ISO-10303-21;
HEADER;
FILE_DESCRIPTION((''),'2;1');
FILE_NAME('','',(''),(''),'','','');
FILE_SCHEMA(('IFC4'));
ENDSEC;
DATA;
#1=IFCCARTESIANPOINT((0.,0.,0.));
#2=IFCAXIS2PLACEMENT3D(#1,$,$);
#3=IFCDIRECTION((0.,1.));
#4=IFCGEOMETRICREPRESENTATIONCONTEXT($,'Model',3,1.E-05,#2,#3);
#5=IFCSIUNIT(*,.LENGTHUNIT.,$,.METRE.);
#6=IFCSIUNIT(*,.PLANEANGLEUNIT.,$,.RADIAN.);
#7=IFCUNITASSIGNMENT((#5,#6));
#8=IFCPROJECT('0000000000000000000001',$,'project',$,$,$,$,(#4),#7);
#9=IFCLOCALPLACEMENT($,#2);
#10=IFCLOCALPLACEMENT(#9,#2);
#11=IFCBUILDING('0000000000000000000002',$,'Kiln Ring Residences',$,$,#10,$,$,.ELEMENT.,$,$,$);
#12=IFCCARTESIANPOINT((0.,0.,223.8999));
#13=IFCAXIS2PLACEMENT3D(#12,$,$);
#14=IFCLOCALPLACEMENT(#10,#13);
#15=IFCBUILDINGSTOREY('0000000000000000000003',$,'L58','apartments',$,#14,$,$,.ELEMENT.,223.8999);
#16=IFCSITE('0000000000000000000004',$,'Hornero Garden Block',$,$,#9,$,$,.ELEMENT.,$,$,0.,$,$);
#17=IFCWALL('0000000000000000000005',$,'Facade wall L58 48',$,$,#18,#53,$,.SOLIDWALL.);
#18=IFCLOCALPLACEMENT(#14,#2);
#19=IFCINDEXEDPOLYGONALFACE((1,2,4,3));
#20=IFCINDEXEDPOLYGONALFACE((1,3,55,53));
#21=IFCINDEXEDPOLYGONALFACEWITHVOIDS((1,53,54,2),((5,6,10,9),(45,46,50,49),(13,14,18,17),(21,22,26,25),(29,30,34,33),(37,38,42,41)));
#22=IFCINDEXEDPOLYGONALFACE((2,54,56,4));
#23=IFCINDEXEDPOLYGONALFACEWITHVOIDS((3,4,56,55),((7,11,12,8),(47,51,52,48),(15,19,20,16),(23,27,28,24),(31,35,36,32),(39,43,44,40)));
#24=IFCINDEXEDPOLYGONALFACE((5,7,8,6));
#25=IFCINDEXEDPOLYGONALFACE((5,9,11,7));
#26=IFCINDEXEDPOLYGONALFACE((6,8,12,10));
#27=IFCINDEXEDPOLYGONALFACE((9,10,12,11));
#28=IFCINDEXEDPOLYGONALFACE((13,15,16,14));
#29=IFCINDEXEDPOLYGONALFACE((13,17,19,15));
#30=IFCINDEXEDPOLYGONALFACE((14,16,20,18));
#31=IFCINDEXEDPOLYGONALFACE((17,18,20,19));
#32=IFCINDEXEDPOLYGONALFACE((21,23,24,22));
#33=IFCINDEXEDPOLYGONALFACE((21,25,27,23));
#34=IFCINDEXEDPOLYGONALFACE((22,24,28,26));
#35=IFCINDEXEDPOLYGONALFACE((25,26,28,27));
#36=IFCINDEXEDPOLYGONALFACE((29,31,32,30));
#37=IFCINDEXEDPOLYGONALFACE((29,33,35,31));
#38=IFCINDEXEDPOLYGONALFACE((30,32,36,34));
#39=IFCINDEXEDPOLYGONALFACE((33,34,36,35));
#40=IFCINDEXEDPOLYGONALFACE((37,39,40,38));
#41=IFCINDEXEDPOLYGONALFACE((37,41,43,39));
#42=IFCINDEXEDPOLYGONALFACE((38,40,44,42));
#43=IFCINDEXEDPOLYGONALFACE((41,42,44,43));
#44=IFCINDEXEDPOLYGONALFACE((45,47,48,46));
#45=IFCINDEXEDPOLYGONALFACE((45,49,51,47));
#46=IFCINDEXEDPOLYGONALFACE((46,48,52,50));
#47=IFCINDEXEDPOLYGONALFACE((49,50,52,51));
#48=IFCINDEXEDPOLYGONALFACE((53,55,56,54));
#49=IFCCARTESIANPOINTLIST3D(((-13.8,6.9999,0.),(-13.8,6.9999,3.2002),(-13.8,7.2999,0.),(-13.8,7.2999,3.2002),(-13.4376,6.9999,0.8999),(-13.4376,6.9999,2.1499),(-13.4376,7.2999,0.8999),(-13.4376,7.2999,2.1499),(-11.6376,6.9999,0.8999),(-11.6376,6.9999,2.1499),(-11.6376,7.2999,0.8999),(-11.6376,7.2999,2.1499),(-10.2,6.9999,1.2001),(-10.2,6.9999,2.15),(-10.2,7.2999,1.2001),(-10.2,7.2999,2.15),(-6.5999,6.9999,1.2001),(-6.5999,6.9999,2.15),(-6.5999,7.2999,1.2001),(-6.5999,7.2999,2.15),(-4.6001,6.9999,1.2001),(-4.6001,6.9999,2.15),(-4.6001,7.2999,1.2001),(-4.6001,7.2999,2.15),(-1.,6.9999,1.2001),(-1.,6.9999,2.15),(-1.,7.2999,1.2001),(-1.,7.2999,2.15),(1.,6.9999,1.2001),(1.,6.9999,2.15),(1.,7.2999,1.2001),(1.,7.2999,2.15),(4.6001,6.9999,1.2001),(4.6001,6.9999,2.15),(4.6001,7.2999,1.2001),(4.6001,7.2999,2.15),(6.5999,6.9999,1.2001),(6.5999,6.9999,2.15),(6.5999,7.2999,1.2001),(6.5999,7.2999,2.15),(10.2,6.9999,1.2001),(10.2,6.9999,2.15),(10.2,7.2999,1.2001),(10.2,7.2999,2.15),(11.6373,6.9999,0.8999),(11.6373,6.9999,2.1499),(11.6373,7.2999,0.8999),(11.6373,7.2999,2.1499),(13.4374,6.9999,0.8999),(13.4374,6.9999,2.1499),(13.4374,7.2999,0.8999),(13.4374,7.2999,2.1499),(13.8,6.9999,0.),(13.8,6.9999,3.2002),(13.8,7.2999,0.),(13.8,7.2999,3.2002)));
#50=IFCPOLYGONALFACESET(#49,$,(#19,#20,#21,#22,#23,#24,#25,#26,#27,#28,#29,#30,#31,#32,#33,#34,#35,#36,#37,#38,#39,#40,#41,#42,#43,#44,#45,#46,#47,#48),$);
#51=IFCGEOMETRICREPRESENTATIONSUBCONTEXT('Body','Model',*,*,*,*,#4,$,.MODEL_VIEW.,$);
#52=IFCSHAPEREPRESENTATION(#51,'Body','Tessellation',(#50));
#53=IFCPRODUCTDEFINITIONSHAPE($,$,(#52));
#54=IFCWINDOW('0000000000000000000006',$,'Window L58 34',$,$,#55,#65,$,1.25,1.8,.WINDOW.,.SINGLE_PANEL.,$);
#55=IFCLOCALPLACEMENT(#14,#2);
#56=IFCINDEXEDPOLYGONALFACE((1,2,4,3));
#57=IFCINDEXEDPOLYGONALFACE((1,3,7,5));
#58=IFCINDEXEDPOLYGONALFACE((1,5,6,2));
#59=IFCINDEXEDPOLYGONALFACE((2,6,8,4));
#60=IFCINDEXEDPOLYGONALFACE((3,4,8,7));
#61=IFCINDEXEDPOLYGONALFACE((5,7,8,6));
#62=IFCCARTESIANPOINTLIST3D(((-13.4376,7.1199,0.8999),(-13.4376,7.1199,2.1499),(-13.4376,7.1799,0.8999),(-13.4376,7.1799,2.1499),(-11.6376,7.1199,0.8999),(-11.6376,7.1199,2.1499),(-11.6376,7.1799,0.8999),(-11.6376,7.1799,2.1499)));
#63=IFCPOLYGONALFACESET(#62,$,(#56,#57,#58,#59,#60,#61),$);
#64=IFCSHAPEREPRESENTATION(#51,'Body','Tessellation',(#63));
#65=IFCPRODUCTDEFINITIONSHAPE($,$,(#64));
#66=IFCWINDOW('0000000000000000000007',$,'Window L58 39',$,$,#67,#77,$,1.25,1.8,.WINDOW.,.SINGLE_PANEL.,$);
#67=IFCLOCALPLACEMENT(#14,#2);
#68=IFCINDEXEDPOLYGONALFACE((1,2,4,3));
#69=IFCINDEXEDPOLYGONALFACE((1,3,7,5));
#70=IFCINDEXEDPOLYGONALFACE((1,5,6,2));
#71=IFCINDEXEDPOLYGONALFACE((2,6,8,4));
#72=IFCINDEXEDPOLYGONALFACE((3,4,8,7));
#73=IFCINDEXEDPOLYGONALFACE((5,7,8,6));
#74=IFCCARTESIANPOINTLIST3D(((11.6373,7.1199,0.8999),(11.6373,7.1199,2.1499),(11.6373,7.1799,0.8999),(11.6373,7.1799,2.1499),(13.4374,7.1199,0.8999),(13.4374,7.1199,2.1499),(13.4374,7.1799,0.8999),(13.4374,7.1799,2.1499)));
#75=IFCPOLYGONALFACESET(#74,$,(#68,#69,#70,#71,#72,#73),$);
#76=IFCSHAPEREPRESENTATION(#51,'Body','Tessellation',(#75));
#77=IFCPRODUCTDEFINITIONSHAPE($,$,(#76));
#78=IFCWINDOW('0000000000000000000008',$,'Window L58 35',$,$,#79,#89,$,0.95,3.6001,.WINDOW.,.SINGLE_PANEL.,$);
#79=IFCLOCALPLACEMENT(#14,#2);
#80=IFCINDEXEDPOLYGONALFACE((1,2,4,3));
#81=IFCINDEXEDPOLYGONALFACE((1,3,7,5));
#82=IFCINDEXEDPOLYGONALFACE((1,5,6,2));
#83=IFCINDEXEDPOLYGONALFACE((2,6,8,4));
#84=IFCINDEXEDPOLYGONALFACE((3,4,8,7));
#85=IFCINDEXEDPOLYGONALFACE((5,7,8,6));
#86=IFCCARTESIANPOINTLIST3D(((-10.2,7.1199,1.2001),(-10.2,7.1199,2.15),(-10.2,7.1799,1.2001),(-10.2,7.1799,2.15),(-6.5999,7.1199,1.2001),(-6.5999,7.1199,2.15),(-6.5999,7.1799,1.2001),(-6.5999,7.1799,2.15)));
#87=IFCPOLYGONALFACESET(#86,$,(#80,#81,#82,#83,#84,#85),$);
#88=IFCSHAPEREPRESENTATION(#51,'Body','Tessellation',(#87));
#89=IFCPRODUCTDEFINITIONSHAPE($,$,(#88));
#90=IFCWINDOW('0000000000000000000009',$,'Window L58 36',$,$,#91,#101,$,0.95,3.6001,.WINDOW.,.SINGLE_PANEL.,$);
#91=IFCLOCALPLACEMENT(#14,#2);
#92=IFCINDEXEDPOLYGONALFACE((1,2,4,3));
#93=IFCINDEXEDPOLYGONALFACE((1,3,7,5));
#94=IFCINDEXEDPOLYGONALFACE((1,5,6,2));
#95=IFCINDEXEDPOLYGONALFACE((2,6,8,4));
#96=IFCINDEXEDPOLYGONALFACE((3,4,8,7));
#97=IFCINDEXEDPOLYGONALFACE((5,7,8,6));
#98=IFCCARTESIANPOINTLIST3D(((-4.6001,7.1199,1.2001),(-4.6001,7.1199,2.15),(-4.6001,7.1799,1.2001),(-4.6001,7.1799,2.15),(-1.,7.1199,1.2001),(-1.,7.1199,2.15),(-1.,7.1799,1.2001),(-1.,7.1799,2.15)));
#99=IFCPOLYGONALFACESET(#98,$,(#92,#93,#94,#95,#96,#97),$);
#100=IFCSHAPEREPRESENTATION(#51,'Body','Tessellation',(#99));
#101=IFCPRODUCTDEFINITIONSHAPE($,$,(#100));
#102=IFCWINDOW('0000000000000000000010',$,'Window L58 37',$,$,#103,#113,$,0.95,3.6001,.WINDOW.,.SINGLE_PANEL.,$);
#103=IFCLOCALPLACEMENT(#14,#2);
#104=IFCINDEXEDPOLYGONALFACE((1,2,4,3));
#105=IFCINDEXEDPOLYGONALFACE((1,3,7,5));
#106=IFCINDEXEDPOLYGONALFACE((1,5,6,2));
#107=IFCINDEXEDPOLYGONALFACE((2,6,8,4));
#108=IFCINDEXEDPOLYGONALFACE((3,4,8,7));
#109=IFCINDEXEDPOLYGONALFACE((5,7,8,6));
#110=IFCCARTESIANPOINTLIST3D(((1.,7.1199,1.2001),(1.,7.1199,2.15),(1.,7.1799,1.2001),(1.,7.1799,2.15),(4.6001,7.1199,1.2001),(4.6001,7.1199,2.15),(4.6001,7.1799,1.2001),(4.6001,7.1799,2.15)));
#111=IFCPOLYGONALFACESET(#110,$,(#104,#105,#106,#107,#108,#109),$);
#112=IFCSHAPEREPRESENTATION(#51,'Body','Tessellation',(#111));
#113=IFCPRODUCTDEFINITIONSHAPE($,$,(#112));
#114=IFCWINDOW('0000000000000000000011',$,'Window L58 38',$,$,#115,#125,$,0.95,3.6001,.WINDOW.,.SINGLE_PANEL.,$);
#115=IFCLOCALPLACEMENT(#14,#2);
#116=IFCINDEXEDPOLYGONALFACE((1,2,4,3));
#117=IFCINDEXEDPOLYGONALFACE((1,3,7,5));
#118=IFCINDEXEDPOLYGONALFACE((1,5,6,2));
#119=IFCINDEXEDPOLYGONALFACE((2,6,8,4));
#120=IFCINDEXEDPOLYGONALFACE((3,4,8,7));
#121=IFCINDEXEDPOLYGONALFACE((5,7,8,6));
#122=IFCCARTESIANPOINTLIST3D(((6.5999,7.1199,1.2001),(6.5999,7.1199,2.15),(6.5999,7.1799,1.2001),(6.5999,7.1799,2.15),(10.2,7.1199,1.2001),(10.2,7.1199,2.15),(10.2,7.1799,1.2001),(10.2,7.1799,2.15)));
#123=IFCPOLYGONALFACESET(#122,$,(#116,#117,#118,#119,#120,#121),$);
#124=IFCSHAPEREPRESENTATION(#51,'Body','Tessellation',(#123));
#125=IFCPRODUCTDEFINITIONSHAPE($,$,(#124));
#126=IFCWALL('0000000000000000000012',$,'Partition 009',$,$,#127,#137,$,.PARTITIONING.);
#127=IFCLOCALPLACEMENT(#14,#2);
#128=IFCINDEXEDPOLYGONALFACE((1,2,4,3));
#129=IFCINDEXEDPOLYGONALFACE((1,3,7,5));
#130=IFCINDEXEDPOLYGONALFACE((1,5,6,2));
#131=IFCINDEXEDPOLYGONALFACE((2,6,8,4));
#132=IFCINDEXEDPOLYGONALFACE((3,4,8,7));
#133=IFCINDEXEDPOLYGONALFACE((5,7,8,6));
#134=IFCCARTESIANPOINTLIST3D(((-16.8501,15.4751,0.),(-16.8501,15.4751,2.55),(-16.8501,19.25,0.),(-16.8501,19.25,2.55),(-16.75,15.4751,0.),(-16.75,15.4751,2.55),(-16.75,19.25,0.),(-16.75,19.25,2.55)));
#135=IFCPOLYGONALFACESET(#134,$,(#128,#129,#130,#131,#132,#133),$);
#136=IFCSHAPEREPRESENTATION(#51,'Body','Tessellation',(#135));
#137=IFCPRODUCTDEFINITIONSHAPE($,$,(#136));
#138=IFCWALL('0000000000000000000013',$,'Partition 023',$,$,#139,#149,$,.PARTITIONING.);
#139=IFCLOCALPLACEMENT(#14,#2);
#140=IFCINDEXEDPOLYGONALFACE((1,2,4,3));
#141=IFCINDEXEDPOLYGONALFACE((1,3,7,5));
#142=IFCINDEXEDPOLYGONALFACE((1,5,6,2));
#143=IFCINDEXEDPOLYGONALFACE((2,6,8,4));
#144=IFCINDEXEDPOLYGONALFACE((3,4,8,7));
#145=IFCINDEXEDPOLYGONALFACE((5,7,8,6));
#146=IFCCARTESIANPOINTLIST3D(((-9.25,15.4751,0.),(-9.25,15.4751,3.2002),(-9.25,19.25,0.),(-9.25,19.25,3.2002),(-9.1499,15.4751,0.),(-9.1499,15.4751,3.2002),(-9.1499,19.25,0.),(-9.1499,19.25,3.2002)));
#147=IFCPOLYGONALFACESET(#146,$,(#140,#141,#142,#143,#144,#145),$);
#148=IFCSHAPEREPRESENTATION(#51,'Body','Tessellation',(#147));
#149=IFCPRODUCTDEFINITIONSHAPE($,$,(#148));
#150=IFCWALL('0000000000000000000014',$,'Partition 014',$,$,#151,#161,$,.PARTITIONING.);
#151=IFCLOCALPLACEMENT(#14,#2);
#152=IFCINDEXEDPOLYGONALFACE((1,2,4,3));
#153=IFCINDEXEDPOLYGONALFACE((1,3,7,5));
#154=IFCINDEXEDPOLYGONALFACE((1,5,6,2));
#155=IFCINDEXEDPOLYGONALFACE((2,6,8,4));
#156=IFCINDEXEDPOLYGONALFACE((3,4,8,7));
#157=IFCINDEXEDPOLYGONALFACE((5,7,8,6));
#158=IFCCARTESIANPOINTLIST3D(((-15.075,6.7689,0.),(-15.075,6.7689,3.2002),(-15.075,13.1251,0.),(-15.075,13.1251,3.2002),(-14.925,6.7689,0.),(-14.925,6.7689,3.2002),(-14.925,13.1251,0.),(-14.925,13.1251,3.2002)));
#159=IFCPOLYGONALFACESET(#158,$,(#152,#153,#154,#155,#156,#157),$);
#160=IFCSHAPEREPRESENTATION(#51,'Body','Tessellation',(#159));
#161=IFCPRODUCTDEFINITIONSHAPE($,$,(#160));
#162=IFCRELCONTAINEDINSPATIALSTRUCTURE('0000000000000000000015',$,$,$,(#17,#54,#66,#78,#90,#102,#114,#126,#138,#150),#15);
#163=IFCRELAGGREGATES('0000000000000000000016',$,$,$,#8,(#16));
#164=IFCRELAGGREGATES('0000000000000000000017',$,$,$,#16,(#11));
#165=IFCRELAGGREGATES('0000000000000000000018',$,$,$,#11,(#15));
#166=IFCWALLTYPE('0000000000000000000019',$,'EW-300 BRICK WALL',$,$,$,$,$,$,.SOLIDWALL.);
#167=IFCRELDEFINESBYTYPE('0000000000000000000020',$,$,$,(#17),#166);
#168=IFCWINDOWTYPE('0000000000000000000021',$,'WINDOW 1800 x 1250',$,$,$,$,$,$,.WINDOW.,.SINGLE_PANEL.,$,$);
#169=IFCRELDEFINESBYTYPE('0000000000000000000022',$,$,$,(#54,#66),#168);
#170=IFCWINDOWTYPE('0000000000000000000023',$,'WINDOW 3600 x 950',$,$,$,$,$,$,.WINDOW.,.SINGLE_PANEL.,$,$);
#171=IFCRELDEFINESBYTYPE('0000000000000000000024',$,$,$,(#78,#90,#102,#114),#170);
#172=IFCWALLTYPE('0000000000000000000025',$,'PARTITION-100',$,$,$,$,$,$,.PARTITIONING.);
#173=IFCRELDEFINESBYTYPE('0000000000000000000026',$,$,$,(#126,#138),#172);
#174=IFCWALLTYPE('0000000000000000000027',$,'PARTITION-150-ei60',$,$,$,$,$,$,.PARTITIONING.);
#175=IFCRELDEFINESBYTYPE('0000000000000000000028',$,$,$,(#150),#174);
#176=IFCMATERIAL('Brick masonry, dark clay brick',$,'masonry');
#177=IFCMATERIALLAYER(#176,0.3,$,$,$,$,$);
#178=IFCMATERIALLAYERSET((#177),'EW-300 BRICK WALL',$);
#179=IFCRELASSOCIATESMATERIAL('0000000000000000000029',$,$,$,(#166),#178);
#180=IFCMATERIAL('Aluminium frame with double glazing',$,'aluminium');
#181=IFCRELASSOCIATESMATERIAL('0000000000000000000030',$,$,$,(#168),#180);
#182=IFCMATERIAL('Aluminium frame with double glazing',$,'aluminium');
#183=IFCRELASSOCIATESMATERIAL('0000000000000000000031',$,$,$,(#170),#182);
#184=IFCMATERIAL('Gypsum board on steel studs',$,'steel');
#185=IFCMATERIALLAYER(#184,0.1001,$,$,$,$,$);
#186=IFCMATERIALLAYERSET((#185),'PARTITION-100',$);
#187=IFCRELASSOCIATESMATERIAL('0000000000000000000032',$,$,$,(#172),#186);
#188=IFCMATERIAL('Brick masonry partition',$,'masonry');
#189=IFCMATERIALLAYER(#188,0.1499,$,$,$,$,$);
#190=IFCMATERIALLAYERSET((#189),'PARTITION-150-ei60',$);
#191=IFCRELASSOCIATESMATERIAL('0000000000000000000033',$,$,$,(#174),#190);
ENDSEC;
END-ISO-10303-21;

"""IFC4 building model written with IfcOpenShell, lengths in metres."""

from ifc_helpers import new_model, si_unit, direction, frame, frame_2d, origin, place, context, subcontext, project, spatial, rectangle, extrude, material, layer, layer_set, type_object, element, fill, save


model = new_model("IFC4")

# Units and contexts
model_context = context("Model", 3, precision=1e-05, world=origin(), true_north=direction((0.0, 1.0)))
body_context = subcontext(model_context, "Body", "Model", "MODEL_VIEW")
ifc_project = project(units=[si_unit("LENGTHUNIT", "METRE"), si_unit("PLANEANGLEUNIT", "RADIAN")], contexts=[model_context])

# Site, building, storey
site_placement = place(None, origin())
site = spatial("IfcSite", under=ifc_project, at=site_placement, Name="Hornero Garden Block", CompositionType="ELEMENT", RefElevation=0.0)
building_placement = place(site_placement, origin())
building = spatial("IfcBuilding", under=site, at=building_placement, Name="Kiln Ring Residences", CompositionType="ELEMENT")
storey_placement = place(building_placement, frame((0.0, 0.0, 223.8999)))
storey = spatial("IfcBuildingStorey", under=building, at=storey_placement, Name="L58", Description="apartments", CompositionType="ELEMENT", Elevation=223.8999)

# Wall, openings, windows
ifc_material_1 = material(Name="Brick masonry, dark clay brick", Category="masonry")
ifc_layer_1 = layer(ifc_material_1, 0.3)
ifc_layer_set_1 = layer_set([ifc_layer_1], Name="EW-300 BRICK WALL")
wall_type_1 = type_object("IfcWallType", Name="EW-300 BRICK WALL", PredefinedType="SOLIDWALL", material=ifc_layer_set_1)
wall_1_placement = place(storey_placement, frame((-13.8, 7.1499, 0.0), z_axis=(0.0, 0.0, 1.0), x_axis=(1.0, 0.0, 0.0)))
wall_1 = element("IfcWall", 1, at=wall_1_placement, inside=storey, type_object=wall_type_1, Name="Facade wall L58 48", PredefinedType="SOLIDWALL", context=body_context, shape_type="SweptSolid", body=[
    extrude(rectangle(XDim=27.6001, YDim=0.3, at=frame_2d((13.8, 0.0))), origin(), (0.0, 0.0, 1.0), 3.2002),
])
opening_1_placement = place(wall_1_placement, frame((0.3625, 0.0, 0.8999)))
opening_1 = element("IfcOpeningElement", 2, at=opening_1_placement, cuts=wall_1, PredefinedType="OPENING", context=body_context, shape_type="SweptSolid", body=[
    extrude(rectangle(XDim=1.8, YDim=1.25, at=frame_2d((0.8999, 0.625))), frame((0.0, 0.1599, 0.0), z_axis=(0.0, -1.0, 0.0), x_axis=(1.0, 0.0, 0.0)), (0.0, 0.0, 1.0), 0.3201),
])
opening_2_placement = place(wall_1_placement, frame((3.6001, 0.0, 1.2)))
opening_2 = element("IfcOpeningElement", 3, at=opening_2_placement, cuts=wall_1, PredefinedType="OPENING", context=body_context, shape_type="SweptSolid", body=[
    extrude(rectangle(XDim=3.6001, YDim=0.95, at=frame_2d((1.8, 0.4751))), frame((0.0, 0.1599, 0.0), z_axis=(0.0, -1.0, 0.0), x_axis=(1.0, 0.0, 0.0)), (0.0, 0.0, 1.0), 0.3201),
])
opening_3_placement = place(wall_1_placement, frame((9.2, 0.0, 1.2)))
opening_3 = element("IfcOpeningElement", 4, at=opening_3_placement, cuts=wall_1, PredefinedType="OPENING", context=body_context, shape_type="SweptSolid", body=[
    extrude(rectangle(XDim=3.6001, YDim=0.95, at=frame_2d((1.8, 0.4751))), frame((0.0, 0.1599, 0.0), z_axis=(0.0, -1.0, 0.0), x_axis=(1.0, 0.0, 0.0)), (0.0, 0.0, 1.0), 0.3201),
])
opening_4_placement = place(wall_1_placement, frame((14.8, 0.0, 1.2)))
opening_4 = element("IfcOpeningElement", 5, at=opening_4_placement, cuts=wall_1, PredefinedType="OPENING", context=body_context, shape_type="SweptSolid", body=[
    extrude(rectangle(XDim=3.6001, YDim=0.95, at=frame_2d((1.8, 0.4751))), frame((0.0, 0.1599, 0.0), z_axis=(0.0, -1.0, 0.0), x_axis=(1.0, 0.0, 0.0)), (0.0, 0.0, 1.0), 0.3201),
])
opening_5_placement = place(wall_1_placement, frame((20.3999, 0.0, 1.2)))
opening_5 = element("IfcOpeningElement", 6, at=opening_5_placement, cuts=wall_1, PredefinedType="OPENING", context=body_context, shape_type="SweptSolid", body=[
    extrude(rectangle(XDim=3.6001, YDim=0.95, at=frame_2d((1.8, 0.4751))), frame((0.0, 0.1599, 0.0), z_axis=(0.0, -1.0, 0.0), x_axis=(1.0, 0.0, 0.0)), (0.0, 0.0, 1.0), 0.3201),
])
opening_6_placement = place(wall_1_placement, frame((25.4375, 0.0, 0.8999)))
opening_6 = element("IfcOpeningElement", 7, at=opening_6_placement, cuts=wall_1, PredefinedType="OPENING", context=body_context, shape_type="SweptSolid", body=[
    extrude(rectangle(XDim=1.8, YDim=1.25, at=frame_2d((0.8999, 0.625))), frame((0.0, 0.1599, 0.0), z_axis=(0.0, -1.0, 0.0), x_axis=(1.0, 0.0, 0.0)), (0.0, 0.0, 1.0), 0.3201),
])
ifc_material_2 = material(Name="Aluminium frame with double glazing", Category="aluminium")
window_type_1 = type_object("IfcWindowType", Name="WINDOW 1800 x 1250", PartitioningType="SINGLE_PANEL", PredefinedType="WINDOW", material=ifc_material_2)
window_1_placement = place(opening_1_placement, origin())
window_1 = element("IfcWindow", 8, at=window_1_placement, inside=storey, type_object=window_type_1, Name="Window L58 34", OverallHeight=1.25, OverallWidth=1.8, PartitioningType="SINGLE_PANEL", PredefinedType="WINDOW", context=body_context, shape_type="SweptSolid", body=[
    extrude(rectangle(XDim=1.8, YDim=1.25, at=frame_2d((0.8999, 0.625))), frame((0.0, 0.03, 0.0), z_axis=(0.0, -1.0, 0.0), x_axis=(1.0, 0.0, 0.0)), (0.0, 0.0, 1.0), 0.0601),
])
fill(opening_1, window_1)
window_2_placement = place(opening_6_placement, origin())
window_2 = element("IfcWindow", 9, at=window_2_placement, inside=storey, type_object=window_type_1, Name="Window L58 39", OverallHeight=1.25, OverallWidth=1.8, PartitioningType="SINGLE_PANEL", PredefinedType="WINDOW", context=body_context, shape_type="SweptSolid", body=[
    extrude(rectangle(XDim=1.8, YDim=1.25, at=frame_2d((0.8999, 0.625))), frame((0.0, 0.03, 0.0), z_axis=(0.0, -1.0, 0.0), x_axis=(1.0, 0.0, 0.0)), (0.0, 0.0, 1.0), 0.0601),
])
fill(opening_6, window_2)
ifc_material_3 = material(Name="Aluminium frame with double glazing", Category="aluminium")
window_type_2 = type_object("IfcWindowType", Name="WINDOW 3600 x 950", PartitioningType="SINGLE_PANEL", PredefinedType="WINDOW", material=ifc_material_3)
window_3_placement = place(opening_2_placement, origin())
window_3 = element("IfcWindow", 10, at=window_3_placement, inside=storey, type_object=window_type_2, Name="Window L58 35", OverallHeight=0.95, OverallWidth=3.6001, PartitioningType="SINGLE_PANEL", PredefinedType="WINDOW", context=body_context, shape_type="SweptSolid", body=[
    extrude(rectangle(XDim=3.6001, YDim=0.95, at=frame_2d((1.8, 0.4751))), frame((0.0, 0.03, 0.0), z_axis=(0.0, -1.0, 0.0), x_axis=(1.0, 0.0, 0.0)), (0.0, 0.0, 1.0), 0.0601),
])
fill(opening_2, window_3)
window_4_placement = place(opening_3_placement, origin())
window_4 = element("IfcWindow", 11, at=window_4_placement, inside=storey, type_object=window_type_2, Name="Window L58 36", OverallHeight=0.95, OverallWidth=3.6001, PartitioningType="SINGLE_PANEL", PredefinedType="WINDOW", context=body_context, shape_type="SweptSolid", body=[
    extrude(rectangle(XDim=3.6001, YDim=0.95, at=frame_2d((1.8, 0.4751))), frame((0.0, 0.03, 0.0), z_axis=(0.0, -1.0, 0.0), x_axis=(1.0, 0.0, 0.0)), (0.0, 0.0, 1.0), 0.0601),
])
fill(opening_3, window_4)
window_5_placement = place(opening_4_placement, origin())
window_5 = element("IfcWindow", 12, at=window_5_placement, inside=storey, type_object=window_type_2, Name="Window L58 37", OverallHeight=0.95, OverallWidth=3.6001, PartitioningType="SINGLE_PANEL", PredefinedType="WINDOW", context=body_context, shape_type="SweptSolid", body=[
    extrude(rectangle(XDim=3.6001, YDim=0.95, at=frame_2d((1.8, 0.4751))), frame((0.0, 0.03, 0.0), z_axis=(0.0, -1.0, 0.0), x_axis=(1.0, 0.0, 0.0)), (0.0, 0.0, 1.0), 0.0601),
])
fill(opening_4, window_5)
window_6_placement = place(opening_5_placement, origin())
window_6 = element("IfcWindow", 13, at=window_6_placement, inside=storey, type_object=window_type_2, Name="Window L58 38", OverallHeight=0.95, OverallWidth=3.6001, PartitioningType="SINGLE_PANEL", PredefinedType="WINDOW", context=body_context, shape_type="SweptSolid", body=[
    extrude(rectangle(XDim=3.6001, YDim=0.95, at=frame_2d((1.8, 0.4751))), frame((0.0, 0.03, 0.0), z_axis=(0.0, -1.0, 0.0), x_axis=(1.0, 0.0, 0.0)), (0.0, 0.0, 1.0), 0.0601),
])
fill(opening_5, window_6)

# Walls
ifc_material_4 = material(Name="Gypsum board on steel studs", Category="steel")
ifc_layer_2 = layer(ifc_material_4, 0.1001)
ifc_layer_set_2 = layer_set([ifc_layer_2], Name="PARTITION-100")
wall_type_2 = type_object("IfcWallType", Name="PARTITION-100", PredefinedType="PARTITIONING", material=ifc_layer_set_2)
wall_2_placement = place(storey_placement, frame((-16.8, 15.4751, 0.0), z_axis=(0.0, 0.0, 1.0), x_axis=(0.0, 1.0, 0.0)))
element("IfcWall", 14, at=wall_2_placement, inside=storey, type_object=wall_type_2, Name="Partition 009", PredefinedType="PARTITIONING", context=body_context, shape_type="SweptSolid", body=[
    extrude(rectangle(XDim=3.7749, YDim=0.1001, at=frame_2d((1.8875, 0.0))), origin(), (0.0, 0.0, 1.0), 2.55),
])
wall_3_placement = place(storey_placement, frame((-9.2, 15.4751, 0.0), z_axis=(0.0, 0.0, 1.0), x_axis=(0.0, 1.0, 0.0)))
element("IfcWall", 15, at=wall_3_placement, inside=storey, type_object=wall_type_2, Name="Partition 023", PredefinedType="PARTITIONING", context=body_context, shape_type="SweptSolid", body=[
    extrude(rectangle(XDim=3.7749, YDim=0.1001, at=frame_2d((1.8875, 0.0))), origin(), (0.0, 0.0, 1.0), 3.2002),
])
ifc_material_5 = material(Name="Brick masonry partition", Category="masonry")
ifc_layer_3 = layer(ifc_material_5, 0.1499)
ifc_layer_set_3 = layer_set([ifc_layer_3], Name="PARTITION-150-ei60")
wall_type_3 = type_object("IfcWallType", Name="PARTITION-150-ei60", PredefinedType="PARTITIONING", material=ifc_layer_set_3)
wall_4_placement = place(storey_placement, frame((-15.0, 6.7688, 0.0), z_axis=(0.0, 0.0, 1.0), x_axis=(0.0, 1.0, 0.0)))
element("IfcWall", 16, at=wall_4_placement, inside=storey, type_object=wall_type_3, Name="Partition 014", PredefinedType="PARTITIONING", context=body_context, shape_type="SweptSolid", body=[
    extrude(rectangle(XDim=6.3562, YDim=0.1499, at=frame_2d((3.1782, 0.0))), origin(), (0.0, 0.0, 1.0), 3.2002),
])

save(model, "model.ifc")
